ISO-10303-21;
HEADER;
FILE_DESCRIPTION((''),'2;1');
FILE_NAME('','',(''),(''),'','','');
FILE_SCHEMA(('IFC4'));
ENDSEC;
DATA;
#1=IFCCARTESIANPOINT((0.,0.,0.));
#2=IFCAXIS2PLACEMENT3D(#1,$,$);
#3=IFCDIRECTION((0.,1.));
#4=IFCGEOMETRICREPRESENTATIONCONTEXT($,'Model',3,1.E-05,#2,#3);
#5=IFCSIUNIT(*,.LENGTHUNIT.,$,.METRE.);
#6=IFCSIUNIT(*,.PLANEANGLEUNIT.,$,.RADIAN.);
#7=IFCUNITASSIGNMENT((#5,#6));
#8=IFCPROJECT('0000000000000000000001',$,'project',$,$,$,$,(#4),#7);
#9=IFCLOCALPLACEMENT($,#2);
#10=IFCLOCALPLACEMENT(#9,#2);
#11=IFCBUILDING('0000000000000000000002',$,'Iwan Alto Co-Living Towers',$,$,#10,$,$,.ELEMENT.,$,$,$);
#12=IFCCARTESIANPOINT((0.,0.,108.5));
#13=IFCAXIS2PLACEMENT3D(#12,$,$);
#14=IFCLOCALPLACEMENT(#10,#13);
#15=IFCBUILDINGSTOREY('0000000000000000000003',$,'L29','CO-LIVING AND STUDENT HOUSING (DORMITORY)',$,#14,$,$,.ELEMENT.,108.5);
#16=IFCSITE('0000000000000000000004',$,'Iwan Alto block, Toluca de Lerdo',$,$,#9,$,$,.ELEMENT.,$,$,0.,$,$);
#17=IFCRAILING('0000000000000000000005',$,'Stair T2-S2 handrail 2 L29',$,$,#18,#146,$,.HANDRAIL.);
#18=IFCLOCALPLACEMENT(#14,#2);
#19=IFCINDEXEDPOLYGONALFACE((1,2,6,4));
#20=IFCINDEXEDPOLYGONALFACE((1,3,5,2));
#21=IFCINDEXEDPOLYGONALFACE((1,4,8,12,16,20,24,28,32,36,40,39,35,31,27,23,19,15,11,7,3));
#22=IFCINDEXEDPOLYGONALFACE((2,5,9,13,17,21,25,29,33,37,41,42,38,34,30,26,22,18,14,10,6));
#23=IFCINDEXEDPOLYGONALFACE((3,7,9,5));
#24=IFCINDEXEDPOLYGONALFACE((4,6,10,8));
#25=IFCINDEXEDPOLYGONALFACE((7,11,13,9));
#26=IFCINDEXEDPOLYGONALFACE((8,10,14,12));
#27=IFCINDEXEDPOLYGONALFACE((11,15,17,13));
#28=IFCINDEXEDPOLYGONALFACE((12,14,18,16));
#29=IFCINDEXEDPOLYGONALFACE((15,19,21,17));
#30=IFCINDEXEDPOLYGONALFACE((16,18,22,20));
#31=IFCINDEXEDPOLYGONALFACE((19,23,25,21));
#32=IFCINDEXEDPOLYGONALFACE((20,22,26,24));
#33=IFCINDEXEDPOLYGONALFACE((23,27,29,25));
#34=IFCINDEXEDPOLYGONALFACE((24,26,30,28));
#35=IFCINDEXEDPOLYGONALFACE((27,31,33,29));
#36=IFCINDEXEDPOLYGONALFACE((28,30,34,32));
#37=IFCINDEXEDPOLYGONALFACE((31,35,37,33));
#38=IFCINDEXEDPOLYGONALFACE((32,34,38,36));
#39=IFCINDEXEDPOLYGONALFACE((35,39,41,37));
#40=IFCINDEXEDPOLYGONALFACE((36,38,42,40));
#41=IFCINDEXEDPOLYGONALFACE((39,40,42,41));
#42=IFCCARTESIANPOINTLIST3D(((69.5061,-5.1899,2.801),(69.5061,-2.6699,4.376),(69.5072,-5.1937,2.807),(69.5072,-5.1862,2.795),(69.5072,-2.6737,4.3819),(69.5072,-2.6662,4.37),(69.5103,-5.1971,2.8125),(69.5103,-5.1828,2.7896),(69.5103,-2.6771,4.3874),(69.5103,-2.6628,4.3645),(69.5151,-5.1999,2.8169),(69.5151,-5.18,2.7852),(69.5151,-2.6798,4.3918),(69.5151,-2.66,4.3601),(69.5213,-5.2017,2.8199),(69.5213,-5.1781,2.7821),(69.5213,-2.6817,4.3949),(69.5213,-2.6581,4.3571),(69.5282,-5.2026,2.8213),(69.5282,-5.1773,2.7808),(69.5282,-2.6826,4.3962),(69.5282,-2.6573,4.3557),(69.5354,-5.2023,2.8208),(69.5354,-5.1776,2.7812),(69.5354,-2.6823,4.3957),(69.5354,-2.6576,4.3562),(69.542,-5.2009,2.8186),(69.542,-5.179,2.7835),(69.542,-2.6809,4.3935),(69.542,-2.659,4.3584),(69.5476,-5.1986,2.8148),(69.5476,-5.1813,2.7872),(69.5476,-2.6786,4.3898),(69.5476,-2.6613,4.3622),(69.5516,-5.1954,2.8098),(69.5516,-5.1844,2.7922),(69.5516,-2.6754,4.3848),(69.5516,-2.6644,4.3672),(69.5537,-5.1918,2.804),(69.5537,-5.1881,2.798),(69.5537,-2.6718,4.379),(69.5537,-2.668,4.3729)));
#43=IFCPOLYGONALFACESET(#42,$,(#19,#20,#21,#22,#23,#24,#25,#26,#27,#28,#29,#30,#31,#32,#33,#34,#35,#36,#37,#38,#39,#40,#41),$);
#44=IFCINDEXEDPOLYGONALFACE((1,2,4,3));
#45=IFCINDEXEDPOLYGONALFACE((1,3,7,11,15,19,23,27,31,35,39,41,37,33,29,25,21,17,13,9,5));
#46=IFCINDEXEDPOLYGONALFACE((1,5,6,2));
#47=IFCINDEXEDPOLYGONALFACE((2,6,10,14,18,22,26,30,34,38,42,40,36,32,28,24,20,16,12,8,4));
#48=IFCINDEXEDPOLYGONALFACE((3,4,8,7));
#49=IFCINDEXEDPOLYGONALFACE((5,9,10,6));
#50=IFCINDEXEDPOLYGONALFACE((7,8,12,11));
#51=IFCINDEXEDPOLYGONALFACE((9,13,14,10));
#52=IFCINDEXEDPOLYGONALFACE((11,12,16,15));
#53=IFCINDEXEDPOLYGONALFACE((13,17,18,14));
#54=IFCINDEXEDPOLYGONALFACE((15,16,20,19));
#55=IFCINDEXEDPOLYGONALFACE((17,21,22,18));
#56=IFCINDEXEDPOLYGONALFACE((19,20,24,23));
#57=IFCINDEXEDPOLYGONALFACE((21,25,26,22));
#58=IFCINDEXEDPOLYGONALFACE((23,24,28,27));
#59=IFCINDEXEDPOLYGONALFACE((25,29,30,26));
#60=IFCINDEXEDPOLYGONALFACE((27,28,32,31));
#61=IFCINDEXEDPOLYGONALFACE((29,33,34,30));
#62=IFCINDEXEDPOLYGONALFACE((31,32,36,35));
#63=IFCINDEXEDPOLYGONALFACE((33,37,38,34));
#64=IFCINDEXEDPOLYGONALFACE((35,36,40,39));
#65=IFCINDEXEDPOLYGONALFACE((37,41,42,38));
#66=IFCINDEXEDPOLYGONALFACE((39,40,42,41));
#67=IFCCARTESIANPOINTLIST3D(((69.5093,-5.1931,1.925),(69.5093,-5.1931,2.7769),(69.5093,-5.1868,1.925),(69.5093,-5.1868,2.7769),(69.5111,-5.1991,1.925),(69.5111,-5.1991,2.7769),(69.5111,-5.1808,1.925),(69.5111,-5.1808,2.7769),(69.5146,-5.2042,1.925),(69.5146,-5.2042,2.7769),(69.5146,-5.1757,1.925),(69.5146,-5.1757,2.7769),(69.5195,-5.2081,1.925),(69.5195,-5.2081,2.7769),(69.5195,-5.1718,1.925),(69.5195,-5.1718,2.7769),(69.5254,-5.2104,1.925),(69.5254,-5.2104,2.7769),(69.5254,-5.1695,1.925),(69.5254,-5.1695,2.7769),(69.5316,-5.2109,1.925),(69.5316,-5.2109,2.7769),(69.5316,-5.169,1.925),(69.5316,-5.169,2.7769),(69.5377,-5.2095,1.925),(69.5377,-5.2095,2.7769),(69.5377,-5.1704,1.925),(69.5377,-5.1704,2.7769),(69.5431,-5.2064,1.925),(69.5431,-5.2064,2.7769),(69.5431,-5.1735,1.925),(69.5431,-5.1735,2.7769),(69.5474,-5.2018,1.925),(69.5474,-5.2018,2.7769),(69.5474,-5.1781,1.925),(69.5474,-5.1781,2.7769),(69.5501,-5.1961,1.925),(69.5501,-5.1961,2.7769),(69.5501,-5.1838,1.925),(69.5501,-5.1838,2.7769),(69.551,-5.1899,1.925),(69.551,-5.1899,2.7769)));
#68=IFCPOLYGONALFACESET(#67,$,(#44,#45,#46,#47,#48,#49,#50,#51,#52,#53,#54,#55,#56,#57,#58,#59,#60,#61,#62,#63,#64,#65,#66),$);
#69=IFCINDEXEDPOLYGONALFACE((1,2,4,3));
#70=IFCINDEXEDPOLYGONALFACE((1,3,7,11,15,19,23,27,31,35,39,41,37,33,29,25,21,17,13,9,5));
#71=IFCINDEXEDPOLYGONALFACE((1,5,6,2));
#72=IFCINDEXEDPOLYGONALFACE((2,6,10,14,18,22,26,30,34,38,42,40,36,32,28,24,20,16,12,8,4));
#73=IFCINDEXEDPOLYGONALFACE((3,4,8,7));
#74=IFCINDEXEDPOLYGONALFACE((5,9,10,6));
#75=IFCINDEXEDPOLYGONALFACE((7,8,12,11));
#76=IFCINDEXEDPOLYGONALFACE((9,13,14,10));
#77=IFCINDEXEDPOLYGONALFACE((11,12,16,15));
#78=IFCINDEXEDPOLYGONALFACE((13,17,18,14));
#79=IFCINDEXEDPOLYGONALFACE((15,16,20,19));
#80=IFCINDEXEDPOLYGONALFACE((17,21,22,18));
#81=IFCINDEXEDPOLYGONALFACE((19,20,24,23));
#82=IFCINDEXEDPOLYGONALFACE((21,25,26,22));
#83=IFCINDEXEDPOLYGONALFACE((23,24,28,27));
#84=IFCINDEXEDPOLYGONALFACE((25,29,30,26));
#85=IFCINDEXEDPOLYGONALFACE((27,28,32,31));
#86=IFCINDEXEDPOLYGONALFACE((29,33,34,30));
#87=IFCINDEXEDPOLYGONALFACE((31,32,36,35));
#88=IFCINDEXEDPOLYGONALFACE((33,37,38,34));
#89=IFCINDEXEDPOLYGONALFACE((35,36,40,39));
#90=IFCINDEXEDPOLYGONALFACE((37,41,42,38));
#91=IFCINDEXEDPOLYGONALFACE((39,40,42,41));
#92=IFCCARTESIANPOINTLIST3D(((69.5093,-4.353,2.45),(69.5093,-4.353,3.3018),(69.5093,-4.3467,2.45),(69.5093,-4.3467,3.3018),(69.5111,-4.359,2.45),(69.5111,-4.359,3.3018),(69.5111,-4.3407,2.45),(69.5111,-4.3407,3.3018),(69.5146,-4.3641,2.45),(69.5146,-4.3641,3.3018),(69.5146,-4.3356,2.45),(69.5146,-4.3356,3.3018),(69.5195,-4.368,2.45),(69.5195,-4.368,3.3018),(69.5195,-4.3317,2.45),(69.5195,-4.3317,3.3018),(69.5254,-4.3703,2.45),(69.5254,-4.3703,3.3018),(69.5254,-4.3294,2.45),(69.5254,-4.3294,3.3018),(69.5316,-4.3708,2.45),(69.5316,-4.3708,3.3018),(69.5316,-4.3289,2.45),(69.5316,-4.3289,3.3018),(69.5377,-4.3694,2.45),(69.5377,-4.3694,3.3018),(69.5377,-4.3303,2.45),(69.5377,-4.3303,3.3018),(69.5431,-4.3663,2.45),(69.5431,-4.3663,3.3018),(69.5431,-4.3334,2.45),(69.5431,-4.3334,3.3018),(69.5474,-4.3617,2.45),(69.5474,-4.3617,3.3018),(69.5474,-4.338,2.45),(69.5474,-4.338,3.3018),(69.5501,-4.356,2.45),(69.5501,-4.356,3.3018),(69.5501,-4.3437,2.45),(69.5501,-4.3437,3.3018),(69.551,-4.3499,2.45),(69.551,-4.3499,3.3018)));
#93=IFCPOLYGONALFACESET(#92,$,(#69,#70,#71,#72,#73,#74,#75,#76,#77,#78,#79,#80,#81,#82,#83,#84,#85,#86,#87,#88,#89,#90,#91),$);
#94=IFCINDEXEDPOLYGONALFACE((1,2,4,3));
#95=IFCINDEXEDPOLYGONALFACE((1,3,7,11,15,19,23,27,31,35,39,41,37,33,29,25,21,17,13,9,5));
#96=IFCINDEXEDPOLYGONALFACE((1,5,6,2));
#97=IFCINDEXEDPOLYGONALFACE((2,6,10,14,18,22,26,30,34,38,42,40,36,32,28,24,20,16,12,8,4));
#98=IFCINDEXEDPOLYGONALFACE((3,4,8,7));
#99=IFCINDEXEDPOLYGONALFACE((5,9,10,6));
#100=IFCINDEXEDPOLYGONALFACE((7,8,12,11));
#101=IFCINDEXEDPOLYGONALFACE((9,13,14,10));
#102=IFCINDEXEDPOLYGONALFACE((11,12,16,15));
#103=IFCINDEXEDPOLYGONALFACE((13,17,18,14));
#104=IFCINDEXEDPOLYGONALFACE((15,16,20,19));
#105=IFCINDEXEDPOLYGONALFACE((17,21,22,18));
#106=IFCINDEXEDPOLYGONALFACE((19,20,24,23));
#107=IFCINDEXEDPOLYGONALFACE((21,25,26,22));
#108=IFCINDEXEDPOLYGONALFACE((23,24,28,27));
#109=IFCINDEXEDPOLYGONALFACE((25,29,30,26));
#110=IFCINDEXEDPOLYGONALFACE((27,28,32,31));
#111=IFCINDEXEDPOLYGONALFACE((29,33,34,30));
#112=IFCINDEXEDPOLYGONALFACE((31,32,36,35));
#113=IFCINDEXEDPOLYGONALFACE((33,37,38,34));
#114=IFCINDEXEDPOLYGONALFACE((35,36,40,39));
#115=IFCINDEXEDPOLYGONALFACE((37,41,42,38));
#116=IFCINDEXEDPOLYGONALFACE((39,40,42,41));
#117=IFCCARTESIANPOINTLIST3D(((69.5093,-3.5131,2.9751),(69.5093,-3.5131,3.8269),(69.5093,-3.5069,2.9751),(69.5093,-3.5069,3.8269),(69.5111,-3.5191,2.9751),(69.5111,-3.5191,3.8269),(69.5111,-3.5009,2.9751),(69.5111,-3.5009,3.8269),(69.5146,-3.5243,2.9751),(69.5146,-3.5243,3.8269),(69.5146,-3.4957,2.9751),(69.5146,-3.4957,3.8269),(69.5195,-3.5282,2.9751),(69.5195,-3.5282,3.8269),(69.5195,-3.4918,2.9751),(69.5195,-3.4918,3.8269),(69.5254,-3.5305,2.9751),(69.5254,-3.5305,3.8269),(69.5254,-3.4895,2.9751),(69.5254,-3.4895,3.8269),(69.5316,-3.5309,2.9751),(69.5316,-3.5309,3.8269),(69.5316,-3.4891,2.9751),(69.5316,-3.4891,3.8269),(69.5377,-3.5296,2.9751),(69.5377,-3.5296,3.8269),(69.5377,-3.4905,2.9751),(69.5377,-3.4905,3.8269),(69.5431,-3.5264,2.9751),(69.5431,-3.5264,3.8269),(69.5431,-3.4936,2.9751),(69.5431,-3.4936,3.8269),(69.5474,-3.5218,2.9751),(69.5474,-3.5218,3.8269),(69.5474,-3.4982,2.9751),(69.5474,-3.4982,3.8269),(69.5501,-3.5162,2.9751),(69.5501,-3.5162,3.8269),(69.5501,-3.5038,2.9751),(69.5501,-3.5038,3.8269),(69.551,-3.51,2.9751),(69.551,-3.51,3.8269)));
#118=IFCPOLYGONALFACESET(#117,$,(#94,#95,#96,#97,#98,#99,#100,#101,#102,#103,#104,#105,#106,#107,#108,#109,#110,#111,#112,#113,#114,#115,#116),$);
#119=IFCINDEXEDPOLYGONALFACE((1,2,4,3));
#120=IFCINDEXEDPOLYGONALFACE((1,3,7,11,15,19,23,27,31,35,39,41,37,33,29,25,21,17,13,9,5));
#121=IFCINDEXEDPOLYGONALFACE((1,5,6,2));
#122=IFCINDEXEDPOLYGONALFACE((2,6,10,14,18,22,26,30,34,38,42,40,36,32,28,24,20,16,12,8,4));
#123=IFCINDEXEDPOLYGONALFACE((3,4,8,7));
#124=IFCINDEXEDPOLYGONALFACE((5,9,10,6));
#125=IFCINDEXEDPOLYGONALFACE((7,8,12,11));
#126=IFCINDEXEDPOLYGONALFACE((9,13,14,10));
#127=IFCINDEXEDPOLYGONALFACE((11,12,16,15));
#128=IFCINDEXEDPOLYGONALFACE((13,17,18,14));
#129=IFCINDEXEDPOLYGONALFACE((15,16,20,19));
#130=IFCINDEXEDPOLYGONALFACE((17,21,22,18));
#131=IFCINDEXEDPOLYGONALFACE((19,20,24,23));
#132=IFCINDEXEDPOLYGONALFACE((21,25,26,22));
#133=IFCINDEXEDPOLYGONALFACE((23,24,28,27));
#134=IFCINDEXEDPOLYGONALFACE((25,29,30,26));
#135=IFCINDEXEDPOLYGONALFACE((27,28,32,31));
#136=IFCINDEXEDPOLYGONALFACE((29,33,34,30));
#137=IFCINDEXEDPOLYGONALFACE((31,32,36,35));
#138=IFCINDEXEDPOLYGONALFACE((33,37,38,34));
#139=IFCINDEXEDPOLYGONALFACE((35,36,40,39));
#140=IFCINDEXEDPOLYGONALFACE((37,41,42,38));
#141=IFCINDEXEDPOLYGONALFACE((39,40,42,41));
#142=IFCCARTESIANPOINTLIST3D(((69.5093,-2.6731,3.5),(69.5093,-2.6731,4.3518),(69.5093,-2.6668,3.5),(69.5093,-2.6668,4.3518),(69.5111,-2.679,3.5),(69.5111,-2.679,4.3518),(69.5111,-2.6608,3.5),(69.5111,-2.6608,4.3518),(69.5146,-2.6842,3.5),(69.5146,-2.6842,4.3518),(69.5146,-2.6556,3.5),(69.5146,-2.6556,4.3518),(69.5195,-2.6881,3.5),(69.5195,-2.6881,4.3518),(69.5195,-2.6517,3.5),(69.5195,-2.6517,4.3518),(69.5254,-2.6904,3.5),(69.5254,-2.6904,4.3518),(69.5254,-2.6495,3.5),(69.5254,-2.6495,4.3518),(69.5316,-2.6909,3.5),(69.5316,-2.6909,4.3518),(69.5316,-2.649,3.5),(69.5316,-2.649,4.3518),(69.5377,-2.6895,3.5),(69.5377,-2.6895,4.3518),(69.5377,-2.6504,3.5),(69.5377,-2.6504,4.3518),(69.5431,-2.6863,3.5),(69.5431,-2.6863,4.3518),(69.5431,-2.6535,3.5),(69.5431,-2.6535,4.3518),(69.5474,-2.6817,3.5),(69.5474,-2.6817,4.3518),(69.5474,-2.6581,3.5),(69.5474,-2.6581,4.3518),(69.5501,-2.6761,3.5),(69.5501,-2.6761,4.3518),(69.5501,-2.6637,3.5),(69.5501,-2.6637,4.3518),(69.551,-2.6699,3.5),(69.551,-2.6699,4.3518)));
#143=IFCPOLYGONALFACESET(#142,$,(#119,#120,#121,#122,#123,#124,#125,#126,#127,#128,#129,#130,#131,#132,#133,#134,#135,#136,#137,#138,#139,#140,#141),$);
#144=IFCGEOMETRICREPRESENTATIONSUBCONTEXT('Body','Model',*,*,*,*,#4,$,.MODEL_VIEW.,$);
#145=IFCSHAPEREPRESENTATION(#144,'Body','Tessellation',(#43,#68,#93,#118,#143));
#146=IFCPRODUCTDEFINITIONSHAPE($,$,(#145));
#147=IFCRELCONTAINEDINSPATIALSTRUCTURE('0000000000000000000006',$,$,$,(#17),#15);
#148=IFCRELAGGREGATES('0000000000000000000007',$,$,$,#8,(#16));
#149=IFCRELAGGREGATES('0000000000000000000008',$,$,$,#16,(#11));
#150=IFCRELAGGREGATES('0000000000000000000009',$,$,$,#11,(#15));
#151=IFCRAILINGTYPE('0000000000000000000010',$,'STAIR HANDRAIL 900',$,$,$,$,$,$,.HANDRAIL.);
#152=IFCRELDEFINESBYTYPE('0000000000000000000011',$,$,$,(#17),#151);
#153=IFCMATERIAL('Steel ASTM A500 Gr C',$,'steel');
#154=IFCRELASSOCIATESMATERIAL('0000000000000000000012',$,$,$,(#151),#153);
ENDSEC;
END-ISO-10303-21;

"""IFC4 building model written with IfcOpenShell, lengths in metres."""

from ifc_helpers import new_model, si_unit, direction, frame, origin, origin_2d, place, context, subcontext, project, spatial, circle, extrude, material, type_object, element, save


model = new_model("IFC4")

# Units and contexts
model_context = context("Model", 3, precision=1e-05, world=origin(), true_north=direction((0.0, 1.0)))
body_context = subcontext(model_context, "Body", "Model", "MODEL_VIEW")
ifc_project = project(units=[si_unit("LENGTHUNIT", "METRE"), si_unit("PLANEANGLEUNIT", "RADIAN")], contexts=[model_context])

# Site, building, storey
site_placement = place(None, origin())
site = spatial("IfcSite", under=ifc_project, at=site_placement, Name="Iwan Alto block, Toluca de Lerdo", CompositionType="ELEMENT", RefElevation=0.0)
building_placement = place(site_placement, origin())
building = spatial("IfcBuilding", under=site, at=building_placement, Name="Iwan Alto Co-Living Towers", CompositionType="ELEMENT")
storey_placement = place(building_placement, frame((0.0, 0.0, 108.5)))
storey = spatial("IfcBuildingStorey", under=building, at=storey_placement, Name="L29", Description="CO-LIVING AND STUDENT HOUSING (DORMITORY)", CompositionType="ELEMENT", Elevation=108.5)

# Railing
ifc_material_1 = material(Name="Steel ASTM A500 Gr C", Category="steel")
railing_type_1 = type_object("IfcRailingType", Name="STAIR HANDRAIL 900", PredefinedType="HANDRAIL", material=ifc_material_1)
railing_1_placement = place(storey_placement, frame((69.53, -5.1899, 1.925)))
element("IfcRailing", 1, at=railing_1_placement, inside=storey, type_object=railing_type_1, Name="Stair T2-S2 handrail 2 L29", PredefinedType="HANDRAIL", context=body_context, shape_type="SweptSolid", body=[
    extrude(circle(Radius=0.0239, at=origin_2d()), frame((0.0, 0.0, 0.876), z_axis=(0.0, 0.848008, 0.529984), x_axis=(-1.0, 0.0, 0.0)), (0.0, 0.0, 1.0), 2.9717),
    extrude(circle(Radius=0.021, at=origin_2d()), origin(), (0.0, 0.0, 1.0), 0.8518),
    extrude(circle(Radius=0.021, at=origin_2d()), frame((0.0, 0.8401, 0.5249)), (0.0, 0.0, 1.0), 0.8518),
    extrude(circle(Radius=0.021, at=origin_2d()), frame((0.0, 1.6799, 1.05)), (0.0, 0.0, 1.0), 0.8518),
    extrude(circle(Radius=0.021, at=origin_2d()), frame((0.0, 2.52, 1.575)), (0.0, 0.0, 1.0), 0.8518),
])

save(model, "model.ifc")
